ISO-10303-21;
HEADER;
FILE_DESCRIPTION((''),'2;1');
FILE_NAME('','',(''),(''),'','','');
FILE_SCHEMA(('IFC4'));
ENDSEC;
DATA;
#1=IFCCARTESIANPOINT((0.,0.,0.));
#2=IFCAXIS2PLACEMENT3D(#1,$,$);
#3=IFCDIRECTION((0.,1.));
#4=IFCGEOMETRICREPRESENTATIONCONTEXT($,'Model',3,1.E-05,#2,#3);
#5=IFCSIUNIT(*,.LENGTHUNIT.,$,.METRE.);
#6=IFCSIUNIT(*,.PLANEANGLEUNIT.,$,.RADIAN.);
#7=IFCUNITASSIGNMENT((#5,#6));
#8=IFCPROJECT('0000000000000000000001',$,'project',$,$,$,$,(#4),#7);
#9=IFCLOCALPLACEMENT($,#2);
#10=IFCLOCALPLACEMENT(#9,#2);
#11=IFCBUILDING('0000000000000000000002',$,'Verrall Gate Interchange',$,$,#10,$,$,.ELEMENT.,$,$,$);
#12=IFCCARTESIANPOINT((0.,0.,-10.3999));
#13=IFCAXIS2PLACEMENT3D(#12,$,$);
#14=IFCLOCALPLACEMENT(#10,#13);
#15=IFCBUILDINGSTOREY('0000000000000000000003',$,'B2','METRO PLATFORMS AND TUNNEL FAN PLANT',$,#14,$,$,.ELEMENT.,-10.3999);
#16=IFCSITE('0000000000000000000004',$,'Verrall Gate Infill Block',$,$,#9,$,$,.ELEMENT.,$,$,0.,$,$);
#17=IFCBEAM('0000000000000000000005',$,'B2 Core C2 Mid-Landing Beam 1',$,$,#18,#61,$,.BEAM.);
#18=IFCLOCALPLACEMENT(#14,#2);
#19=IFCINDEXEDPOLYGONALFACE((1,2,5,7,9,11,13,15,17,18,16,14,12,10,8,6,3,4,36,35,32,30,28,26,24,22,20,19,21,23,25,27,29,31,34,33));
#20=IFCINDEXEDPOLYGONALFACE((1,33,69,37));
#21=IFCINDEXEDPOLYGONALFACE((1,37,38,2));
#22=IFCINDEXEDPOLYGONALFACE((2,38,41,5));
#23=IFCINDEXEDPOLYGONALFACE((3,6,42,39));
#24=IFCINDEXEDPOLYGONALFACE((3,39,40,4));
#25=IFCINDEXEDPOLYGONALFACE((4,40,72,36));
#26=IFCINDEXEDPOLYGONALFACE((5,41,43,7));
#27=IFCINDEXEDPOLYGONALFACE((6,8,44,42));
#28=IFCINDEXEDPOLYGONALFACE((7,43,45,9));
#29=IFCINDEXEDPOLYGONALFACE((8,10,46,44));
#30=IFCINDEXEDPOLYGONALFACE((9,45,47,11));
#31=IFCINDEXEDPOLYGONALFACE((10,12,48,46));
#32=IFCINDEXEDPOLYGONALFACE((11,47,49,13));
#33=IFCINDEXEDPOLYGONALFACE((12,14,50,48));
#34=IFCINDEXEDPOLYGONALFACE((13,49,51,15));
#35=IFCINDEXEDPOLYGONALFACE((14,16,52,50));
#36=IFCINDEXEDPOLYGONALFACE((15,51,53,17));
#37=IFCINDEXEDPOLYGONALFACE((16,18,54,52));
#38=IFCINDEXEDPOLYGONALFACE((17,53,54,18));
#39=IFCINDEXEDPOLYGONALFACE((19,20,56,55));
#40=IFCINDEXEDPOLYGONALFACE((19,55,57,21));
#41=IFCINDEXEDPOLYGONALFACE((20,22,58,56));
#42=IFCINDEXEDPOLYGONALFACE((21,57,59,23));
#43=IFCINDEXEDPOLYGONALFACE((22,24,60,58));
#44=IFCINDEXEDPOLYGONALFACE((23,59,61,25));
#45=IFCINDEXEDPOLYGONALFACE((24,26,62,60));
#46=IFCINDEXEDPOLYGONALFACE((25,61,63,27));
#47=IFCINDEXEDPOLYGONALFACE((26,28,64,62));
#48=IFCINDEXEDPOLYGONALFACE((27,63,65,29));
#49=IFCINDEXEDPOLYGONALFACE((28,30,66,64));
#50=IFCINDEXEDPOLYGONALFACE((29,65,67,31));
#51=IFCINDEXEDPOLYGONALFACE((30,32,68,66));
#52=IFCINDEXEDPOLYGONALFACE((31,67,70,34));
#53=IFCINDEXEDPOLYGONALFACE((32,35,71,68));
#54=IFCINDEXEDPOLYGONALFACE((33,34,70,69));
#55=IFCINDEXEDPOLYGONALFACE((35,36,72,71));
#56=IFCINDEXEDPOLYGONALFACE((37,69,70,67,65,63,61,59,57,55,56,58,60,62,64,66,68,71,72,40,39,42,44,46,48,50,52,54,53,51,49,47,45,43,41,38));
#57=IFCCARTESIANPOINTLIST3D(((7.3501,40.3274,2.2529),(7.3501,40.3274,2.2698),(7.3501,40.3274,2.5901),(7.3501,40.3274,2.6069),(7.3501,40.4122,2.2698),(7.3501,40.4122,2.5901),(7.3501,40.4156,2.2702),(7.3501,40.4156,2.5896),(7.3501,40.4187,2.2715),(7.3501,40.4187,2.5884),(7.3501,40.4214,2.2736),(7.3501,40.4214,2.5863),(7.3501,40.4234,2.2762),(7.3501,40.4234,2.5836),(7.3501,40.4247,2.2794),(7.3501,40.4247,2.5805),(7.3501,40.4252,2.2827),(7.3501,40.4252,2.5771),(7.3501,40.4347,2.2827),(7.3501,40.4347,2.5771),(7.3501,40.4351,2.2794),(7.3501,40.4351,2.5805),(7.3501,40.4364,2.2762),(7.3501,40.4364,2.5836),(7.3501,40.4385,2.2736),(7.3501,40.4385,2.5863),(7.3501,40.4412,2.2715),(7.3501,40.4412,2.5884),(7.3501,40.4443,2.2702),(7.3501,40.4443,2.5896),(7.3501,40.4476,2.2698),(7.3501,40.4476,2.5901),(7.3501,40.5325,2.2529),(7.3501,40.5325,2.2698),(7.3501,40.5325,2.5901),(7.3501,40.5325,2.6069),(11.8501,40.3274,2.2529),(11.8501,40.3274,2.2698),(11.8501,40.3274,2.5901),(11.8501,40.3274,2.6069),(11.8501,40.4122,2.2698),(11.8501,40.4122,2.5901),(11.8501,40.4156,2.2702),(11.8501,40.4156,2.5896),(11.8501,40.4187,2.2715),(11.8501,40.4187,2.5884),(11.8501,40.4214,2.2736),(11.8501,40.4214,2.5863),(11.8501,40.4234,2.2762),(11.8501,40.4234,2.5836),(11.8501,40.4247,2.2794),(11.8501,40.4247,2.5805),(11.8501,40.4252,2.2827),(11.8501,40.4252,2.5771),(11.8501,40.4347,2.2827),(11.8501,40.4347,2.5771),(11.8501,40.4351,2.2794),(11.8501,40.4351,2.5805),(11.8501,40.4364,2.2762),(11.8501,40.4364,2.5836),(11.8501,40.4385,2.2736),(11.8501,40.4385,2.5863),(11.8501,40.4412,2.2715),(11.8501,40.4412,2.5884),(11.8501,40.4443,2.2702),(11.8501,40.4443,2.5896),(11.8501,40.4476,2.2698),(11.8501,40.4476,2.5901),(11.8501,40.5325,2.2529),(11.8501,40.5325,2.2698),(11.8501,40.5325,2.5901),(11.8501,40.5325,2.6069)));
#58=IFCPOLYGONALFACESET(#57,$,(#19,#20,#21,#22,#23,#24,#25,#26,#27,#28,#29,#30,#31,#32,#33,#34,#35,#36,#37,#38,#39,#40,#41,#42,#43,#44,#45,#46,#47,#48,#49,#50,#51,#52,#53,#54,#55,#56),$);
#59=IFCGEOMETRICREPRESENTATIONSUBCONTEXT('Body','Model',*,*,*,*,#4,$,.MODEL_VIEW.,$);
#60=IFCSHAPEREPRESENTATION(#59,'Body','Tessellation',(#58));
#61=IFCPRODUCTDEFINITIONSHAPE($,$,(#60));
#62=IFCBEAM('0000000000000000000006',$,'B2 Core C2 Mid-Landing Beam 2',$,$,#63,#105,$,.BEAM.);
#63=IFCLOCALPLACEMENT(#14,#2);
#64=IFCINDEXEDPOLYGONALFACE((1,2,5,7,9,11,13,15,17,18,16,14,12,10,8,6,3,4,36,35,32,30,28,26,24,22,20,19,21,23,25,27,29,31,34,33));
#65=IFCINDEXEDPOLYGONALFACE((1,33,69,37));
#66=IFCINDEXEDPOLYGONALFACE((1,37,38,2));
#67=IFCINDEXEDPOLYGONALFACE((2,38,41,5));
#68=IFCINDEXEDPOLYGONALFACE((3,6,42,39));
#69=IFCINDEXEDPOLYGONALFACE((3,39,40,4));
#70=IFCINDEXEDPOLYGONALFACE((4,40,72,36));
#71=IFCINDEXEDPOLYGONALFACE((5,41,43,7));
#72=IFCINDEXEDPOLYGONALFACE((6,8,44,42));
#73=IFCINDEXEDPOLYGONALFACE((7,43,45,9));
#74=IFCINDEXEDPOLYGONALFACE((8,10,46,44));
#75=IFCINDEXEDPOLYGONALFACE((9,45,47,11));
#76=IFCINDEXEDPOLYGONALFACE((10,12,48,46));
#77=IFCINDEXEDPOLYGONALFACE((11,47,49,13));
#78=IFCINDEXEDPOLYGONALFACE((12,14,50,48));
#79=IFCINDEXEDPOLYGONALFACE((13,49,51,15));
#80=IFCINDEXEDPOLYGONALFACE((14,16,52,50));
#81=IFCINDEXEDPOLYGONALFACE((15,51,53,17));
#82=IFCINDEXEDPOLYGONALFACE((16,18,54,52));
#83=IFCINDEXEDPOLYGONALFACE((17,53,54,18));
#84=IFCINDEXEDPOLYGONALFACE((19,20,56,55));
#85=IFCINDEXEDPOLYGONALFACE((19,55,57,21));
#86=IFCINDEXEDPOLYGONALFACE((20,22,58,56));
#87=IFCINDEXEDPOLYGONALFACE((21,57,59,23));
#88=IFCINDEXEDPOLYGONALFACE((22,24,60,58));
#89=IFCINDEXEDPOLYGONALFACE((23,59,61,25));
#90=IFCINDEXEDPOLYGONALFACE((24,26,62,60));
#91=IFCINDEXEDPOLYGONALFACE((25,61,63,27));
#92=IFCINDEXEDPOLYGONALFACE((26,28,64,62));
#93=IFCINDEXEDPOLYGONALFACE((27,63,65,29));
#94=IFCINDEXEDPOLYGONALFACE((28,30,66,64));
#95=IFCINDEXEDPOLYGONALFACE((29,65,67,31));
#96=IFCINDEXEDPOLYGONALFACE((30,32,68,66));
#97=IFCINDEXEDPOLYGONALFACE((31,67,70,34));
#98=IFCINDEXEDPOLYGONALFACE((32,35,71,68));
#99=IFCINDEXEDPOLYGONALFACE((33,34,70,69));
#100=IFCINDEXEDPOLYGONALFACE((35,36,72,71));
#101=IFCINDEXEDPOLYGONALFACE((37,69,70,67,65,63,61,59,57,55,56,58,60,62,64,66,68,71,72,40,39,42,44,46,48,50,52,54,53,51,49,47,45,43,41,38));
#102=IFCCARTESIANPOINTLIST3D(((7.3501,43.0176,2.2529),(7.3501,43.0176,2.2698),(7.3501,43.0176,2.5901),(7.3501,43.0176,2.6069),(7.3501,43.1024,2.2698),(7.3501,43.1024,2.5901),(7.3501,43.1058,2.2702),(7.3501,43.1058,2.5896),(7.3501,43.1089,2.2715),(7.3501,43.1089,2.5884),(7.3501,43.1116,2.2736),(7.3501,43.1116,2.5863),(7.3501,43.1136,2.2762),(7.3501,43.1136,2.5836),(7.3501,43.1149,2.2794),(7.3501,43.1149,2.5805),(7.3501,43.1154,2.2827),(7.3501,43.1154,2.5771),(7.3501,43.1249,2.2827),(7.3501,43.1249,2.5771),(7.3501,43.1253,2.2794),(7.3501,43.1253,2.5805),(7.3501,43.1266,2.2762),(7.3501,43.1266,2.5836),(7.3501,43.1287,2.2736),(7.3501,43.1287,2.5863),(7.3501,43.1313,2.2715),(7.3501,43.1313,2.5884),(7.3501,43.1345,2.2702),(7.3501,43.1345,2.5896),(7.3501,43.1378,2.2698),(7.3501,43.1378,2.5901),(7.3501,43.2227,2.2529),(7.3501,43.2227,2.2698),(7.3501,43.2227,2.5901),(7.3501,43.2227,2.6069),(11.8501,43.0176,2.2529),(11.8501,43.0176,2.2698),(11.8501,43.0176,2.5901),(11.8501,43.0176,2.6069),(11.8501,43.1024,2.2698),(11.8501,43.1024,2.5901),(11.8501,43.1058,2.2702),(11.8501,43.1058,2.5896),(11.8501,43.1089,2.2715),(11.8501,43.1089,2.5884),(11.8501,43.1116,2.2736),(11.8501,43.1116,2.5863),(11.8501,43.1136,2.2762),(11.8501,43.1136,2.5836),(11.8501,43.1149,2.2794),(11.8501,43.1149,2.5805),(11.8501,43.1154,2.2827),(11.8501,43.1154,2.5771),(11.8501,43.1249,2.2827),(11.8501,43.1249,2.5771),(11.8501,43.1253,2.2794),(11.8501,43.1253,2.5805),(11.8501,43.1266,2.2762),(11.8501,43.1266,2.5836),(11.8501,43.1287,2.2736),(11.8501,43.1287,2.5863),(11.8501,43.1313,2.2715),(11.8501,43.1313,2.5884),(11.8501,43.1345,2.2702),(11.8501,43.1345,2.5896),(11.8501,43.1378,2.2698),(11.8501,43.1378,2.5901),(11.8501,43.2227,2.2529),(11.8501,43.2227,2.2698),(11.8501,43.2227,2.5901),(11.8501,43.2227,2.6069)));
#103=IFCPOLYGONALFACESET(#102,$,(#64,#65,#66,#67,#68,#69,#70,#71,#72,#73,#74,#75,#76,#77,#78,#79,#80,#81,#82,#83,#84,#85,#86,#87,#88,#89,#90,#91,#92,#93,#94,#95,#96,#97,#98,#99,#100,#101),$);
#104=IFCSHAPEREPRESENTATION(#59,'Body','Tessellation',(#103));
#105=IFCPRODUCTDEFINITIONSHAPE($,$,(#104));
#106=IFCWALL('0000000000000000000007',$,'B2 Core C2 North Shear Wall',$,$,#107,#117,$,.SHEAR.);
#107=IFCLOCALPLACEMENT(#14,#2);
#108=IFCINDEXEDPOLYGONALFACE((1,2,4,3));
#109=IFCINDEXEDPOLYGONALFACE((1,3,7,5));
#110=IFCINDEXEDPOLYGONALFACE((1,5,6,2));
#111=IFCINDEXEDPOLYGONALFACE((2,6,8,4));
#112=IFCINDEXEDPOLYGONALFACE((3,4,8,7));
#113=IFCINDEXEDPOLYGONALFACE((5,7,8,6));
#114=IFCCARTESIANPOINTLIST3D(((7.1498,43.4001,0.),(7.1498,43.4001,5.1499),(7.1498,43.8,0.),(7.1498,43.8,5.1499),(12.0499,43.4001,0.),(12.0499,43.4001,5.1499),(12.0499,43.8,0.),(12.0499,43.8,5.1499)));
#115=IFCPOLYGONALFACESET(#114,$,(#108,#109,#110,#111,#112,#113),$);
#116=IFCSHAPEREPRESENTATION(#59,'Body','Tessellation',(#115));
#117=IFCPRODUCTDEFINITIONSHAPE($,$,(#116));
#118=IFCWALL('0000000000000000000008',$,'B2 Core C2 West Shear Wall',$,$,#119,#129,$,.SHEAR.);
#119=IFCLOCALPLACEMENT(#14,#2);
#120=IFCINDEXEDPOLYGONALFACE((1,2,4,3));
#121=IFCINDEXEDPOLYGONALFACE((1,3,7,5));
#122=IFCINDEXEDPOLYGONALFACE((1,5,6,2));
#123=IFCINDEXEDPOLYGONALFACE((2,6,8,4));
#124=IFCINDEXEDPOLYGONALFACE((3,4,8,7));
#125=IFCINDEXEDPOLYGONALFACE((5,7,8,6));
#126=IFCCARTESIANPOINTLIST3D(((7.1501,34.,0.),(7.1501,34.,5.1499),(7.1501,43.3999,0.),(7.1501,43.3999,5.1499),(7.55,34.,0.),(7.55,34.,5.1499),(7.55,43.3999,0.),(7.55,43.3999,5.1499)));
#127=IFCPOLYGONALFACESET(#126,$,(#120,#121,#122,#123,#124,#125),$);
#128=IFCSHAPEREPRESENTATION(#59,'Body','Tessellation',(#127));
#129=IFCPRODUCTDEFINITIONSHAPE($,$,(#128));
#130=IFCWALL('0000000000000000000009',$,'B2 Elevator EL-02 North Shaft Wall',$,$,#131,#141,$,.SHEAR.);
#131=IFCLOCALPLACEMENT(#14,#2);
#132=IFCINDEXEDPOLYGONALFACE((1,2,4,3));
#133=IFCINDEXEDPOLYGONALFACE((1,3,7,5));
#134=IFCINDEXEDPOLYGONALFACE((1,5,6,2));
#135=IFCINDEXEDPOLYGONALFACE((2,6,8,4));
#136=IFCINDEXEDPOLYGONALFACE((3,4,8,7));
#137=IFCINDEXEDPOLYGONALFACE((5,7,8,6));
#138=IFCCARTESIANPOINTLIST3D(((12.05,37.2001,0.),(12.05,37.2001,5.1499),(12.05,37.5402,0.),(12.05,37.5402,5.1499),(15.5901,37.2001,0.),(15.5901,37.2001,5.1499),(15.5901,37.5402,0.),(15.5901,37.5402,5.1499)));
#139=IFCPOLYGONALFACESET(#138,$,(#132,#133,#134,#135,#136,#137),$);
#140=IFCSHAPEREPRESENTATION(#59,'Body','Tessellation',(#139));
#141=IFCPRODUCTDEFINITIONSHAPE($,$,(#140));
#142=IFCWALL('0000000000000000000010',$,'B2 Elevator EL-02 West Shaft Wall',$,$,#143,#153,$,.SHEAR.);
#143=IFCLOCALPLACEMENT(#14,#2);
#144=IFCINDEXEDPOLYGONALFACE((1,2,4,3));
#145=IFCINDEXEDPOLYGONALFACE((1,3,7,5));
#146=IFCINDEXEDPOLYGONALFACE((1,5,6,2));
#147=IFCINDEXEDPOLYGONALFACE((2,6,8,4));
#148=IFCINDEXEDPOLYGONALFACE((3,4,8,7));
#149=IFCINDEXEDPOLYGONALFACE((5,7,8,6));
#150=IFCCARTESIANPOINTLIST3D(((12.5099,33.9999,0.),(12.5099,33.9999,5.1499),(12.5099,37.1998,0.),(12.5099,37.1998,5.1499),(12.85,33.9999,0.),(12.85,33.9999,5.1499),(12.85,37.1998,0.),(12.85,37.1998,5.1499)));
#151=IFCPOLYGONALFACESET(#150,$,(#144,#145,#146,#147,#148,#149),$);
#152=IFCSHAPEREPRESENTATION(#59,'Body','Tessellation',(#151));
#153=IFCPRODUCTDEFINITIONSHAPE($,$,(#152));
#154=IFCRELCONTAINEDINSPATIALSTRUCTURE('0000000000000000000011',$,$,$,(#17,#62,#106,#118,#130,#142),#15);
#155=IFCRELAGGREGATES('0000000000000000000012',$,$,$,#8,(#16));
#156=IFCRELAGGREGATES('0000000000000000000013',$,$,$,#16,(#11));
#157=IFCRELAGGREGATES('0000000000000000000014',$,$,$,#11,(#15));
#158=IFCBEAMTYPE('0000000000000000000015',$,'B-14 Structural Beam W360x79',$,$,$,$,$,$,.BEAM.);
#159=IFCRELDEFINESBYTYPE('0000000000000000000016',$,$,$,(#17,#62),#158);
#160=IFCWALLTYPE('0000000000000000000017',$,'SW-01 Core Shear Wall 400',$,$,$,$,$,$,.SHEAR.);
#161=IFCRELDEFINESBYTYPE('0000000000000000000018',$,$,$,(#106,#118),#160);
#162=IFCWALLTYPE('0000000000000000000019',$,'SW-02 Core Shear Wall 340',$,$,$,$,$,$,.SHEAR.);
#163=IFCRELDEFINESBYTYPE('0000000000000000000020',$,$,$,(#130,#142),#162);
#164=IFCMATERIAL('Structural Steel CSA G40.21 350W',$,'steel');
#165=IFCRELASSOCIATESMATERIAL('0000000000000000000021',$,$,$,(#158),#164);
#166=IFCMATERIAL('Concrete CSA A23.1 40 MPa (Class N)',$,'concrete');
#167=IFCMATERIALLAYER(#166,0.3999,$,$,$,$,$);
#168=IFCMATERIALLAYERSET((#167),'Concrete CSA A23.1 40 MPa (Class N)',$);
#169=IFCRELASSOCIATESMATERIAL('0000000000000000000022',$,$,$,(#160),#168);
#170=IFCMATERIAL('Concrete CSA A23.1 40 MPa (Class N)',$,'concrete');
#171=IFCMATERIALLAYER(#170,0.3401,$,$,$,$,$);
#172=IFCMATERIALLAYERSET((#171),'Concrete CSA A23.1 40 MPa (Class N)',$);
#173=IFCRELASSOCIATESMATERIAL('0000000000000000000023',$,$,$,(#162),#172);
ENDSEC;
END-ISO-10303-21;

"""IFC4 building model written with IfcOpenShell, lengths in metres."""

from ifc_helpers import new_model, si_unit, direction, frame, frame_2d, origin, origin_2d, place, context, subcontext, project, spatial, rectangle, i_section, extrude, material, layer, layer_set, material_profile, profile_set, type_object, element, save


model = new_model("IFC4")

# Units and contexts
model_context = context("Model", 3, precision=1e-05, world=origin(), true_north=direction((0.0, 1.0)))
body_context = subcontext(model_context, "Body", "Model", "MODEL_VIEW")
ifc_project = project(units=[si_unit("LENGTHUNIT", "METRE"), si_unit("PLANEANGLEUNIT", "RADIAN")], contexts=[model_context])

# Site, building, storey
site_placement = place(None, origin())
site = spatial("IfcSite", under=ifc_project, at=site_placement, Name="Verrall Gate Infill Block", CompositionType="ELEMENT", RefElevation=0.0)
building_placement = place(site_placement, origin())
building = spatial("IfcBuilding", under=site, at=building_placement, Name="Verrall Gate Interchange", CompositionType="ELEMENT")
storey_placement = place(building_placement, frame((0.0, 0.0, -10.3999)))
storey = spatial("IfcBuildingStorey", under=building, at=storey_placement, Name="B2", Description="METRO PLATFORMS AND TUNNEL FAN PLANT", CompositionType="ELEMENT", Elevation=-10.3999)

# Beams
ifc_material_1 = material(Name="Structural Steel CSA G40.21 350W", Category="steel")
ifc_material_profile_1 = material_profile(ifc_material_1, i_section(OverallWidth=0.2051, OverallDepth=0.354, WebThickness=0.0095, FlangeThickness=0.0168, FilletRadius=0.0129, at=origin_2d()), Name="W360x79")
ifc_profile_set_1 = profile_set([ifc_material_profile_1], Name="Structural Steel CSA G40.21 350W")
beam_type = type_object("IfcBeamType", Name="B-14 Structural Beam W360x79", PredefinedType="BEAM", material=ifc_profile_set_1)
for number, where, z_axis, x_axis, name in (
    (1, (7.3501, 40.4299, 2.4299), (1.0, 0.0, 0.0), (0.0, 1.0, 0.0), "B2 Core C2 Mid-Landing Beam 1"),
    (2, (7.3501, 43.1201, 2.4299), (1.0, 0.0, 0.0), (0.0, 1.0, 0.0), "B2 Core C2 Mid-Landing Beam 2"),
):
    element("IfcBeam", number, at=place(storey_placement, frame(where, z_axis=z_axis, x_axis=x_axis)), inside=storey, type_object=beam_type, Name=name, PredefinedType="BEAM", context=body_context, shape_type="SweptSolid", body=[
        extrude(i_section(OverallWidth=0.2051, OverallDepth=0.354, WebThickness=0.0095, FlangeThickness=0.0168, FilletRadius=0.0129, at=origin_2d()), origin(), (0.0, 0.0, 1.0), 4.5),
    ])

# Walls
ifc_material_2 = material(Name="Concrete CSA A23.1 40 MPa (Class N)", Category="concrete")
ifc_layer_1 = layer(ifc_material_2, 0.3999)
ifc_layer_set_1 = layer_set([ifc_layer_1], Name="Concrete CSA A23.1 40 MPa (Class N)")
wall_type_1 = type_object("IfcWallType", Name="SW-01 Core Shear Wall 400", PredefinedType="SHEAR", material=ifc_layer_set_1)
wall_1_placement = place(storey_placement, frame((12.05, 43.6001, 0.0), z_axis=(0.0, 0.0, 1.0), x_axis=(-1.0, 0.0, 0.0)))
element("IfcWall", 3, at=wall_1_placement, inside=storey, type_object=wall_type_1, Name="B2 Core C2 North Shear Wall", PredefinedType="SHEAR", context=body_context, shape_type="SweptSolid", body=[
    extrude(rectangle(XDim=4.9001, YDim=0.3999, at=frame_2d((2.4502, 0.0))), origin(), (0.0, 0.0, 1.0), 5.1499),
])
wall_2_placement = place(storey_placement, frame((7.3501, 43.3999, 0.0), z_axis=(0.0, 0.0, 1.0), x_axis=(0.0, -1.0, 0.0)))
element("IfcWall", 4, at=wall_2_placement, inside=storey, type_object=wall_type_1, Name="B2 Core C2 West Shear Wall", PredefinedType="SHEAR", context=body_context, shape_type="SweptSolid", body=[
    extrude(rectangle(XDim=9.3999, YDim=0.3999, at=frame_2d((4.7, 0.0))), origin(), (0.0, 0.0, 1.0), 5.1499),
])
ifc_material_3 = material(Name="Concrete CSA A23.1 40 MPa (Class N)", Category="concrete")
ifc_layer_2 = layer(ifc_material_3, 0.3401)
ifc_layer_set_2 = layer_set([ifc_layer_2], Name="Concrete CSA A23.1 40 MPa (Class N)")
wall_type_2 = type_object("IfcWallType", Name="SW-02 Core Shear Wall 340", PredefinedType="SHEAR", material=ifc_layer_set_2)
wall_3_placement = place(storey_placement, frame((15.5901, 37.3701, 0.0), z_axis=(0.0, 0.0, 1.0), x_axis=(-1.0, 0.0, 0.0)))
element("IfcWall", 5, at=wall_3_placement, inside=storey, type_object=wall_type_2, Name="B2 Elevator EL-02 North Shaft Wall", PredefinedType="SHEAR", context=body_context, shape_type="SweptSolid", body=[
    extrude(rectangle(XDim=3.54, YDim=0.3401, at=frame_2d((1.77, 0.0))), origin(), (0.0, 0.0, 1.0), 5.1499),
])
wall_4_placement = place(storey_placement, frame((12.6799, 37.2, 0.0), z_axis=(0.0, 0.0, 1.0), x_axis=(0.0, -1.0, 0.0)))
element("IfcWall", 6, at=wall_4_placement, inside=storey, type_object=wall_type_2, Name="B2 Elevator EL-02 West Shaft Wall", PredefinedType="SHEAR", context=body_context, shape_type="SweptSolid", body=[
    extrude(rectangle(XDim=3.2, YDim=0.3401, at=frame_2d((1.6001, 0.0))), origin(), (0.0, 0.0, 1.0), 5.1499),
])

save(model, "model.ifc")
